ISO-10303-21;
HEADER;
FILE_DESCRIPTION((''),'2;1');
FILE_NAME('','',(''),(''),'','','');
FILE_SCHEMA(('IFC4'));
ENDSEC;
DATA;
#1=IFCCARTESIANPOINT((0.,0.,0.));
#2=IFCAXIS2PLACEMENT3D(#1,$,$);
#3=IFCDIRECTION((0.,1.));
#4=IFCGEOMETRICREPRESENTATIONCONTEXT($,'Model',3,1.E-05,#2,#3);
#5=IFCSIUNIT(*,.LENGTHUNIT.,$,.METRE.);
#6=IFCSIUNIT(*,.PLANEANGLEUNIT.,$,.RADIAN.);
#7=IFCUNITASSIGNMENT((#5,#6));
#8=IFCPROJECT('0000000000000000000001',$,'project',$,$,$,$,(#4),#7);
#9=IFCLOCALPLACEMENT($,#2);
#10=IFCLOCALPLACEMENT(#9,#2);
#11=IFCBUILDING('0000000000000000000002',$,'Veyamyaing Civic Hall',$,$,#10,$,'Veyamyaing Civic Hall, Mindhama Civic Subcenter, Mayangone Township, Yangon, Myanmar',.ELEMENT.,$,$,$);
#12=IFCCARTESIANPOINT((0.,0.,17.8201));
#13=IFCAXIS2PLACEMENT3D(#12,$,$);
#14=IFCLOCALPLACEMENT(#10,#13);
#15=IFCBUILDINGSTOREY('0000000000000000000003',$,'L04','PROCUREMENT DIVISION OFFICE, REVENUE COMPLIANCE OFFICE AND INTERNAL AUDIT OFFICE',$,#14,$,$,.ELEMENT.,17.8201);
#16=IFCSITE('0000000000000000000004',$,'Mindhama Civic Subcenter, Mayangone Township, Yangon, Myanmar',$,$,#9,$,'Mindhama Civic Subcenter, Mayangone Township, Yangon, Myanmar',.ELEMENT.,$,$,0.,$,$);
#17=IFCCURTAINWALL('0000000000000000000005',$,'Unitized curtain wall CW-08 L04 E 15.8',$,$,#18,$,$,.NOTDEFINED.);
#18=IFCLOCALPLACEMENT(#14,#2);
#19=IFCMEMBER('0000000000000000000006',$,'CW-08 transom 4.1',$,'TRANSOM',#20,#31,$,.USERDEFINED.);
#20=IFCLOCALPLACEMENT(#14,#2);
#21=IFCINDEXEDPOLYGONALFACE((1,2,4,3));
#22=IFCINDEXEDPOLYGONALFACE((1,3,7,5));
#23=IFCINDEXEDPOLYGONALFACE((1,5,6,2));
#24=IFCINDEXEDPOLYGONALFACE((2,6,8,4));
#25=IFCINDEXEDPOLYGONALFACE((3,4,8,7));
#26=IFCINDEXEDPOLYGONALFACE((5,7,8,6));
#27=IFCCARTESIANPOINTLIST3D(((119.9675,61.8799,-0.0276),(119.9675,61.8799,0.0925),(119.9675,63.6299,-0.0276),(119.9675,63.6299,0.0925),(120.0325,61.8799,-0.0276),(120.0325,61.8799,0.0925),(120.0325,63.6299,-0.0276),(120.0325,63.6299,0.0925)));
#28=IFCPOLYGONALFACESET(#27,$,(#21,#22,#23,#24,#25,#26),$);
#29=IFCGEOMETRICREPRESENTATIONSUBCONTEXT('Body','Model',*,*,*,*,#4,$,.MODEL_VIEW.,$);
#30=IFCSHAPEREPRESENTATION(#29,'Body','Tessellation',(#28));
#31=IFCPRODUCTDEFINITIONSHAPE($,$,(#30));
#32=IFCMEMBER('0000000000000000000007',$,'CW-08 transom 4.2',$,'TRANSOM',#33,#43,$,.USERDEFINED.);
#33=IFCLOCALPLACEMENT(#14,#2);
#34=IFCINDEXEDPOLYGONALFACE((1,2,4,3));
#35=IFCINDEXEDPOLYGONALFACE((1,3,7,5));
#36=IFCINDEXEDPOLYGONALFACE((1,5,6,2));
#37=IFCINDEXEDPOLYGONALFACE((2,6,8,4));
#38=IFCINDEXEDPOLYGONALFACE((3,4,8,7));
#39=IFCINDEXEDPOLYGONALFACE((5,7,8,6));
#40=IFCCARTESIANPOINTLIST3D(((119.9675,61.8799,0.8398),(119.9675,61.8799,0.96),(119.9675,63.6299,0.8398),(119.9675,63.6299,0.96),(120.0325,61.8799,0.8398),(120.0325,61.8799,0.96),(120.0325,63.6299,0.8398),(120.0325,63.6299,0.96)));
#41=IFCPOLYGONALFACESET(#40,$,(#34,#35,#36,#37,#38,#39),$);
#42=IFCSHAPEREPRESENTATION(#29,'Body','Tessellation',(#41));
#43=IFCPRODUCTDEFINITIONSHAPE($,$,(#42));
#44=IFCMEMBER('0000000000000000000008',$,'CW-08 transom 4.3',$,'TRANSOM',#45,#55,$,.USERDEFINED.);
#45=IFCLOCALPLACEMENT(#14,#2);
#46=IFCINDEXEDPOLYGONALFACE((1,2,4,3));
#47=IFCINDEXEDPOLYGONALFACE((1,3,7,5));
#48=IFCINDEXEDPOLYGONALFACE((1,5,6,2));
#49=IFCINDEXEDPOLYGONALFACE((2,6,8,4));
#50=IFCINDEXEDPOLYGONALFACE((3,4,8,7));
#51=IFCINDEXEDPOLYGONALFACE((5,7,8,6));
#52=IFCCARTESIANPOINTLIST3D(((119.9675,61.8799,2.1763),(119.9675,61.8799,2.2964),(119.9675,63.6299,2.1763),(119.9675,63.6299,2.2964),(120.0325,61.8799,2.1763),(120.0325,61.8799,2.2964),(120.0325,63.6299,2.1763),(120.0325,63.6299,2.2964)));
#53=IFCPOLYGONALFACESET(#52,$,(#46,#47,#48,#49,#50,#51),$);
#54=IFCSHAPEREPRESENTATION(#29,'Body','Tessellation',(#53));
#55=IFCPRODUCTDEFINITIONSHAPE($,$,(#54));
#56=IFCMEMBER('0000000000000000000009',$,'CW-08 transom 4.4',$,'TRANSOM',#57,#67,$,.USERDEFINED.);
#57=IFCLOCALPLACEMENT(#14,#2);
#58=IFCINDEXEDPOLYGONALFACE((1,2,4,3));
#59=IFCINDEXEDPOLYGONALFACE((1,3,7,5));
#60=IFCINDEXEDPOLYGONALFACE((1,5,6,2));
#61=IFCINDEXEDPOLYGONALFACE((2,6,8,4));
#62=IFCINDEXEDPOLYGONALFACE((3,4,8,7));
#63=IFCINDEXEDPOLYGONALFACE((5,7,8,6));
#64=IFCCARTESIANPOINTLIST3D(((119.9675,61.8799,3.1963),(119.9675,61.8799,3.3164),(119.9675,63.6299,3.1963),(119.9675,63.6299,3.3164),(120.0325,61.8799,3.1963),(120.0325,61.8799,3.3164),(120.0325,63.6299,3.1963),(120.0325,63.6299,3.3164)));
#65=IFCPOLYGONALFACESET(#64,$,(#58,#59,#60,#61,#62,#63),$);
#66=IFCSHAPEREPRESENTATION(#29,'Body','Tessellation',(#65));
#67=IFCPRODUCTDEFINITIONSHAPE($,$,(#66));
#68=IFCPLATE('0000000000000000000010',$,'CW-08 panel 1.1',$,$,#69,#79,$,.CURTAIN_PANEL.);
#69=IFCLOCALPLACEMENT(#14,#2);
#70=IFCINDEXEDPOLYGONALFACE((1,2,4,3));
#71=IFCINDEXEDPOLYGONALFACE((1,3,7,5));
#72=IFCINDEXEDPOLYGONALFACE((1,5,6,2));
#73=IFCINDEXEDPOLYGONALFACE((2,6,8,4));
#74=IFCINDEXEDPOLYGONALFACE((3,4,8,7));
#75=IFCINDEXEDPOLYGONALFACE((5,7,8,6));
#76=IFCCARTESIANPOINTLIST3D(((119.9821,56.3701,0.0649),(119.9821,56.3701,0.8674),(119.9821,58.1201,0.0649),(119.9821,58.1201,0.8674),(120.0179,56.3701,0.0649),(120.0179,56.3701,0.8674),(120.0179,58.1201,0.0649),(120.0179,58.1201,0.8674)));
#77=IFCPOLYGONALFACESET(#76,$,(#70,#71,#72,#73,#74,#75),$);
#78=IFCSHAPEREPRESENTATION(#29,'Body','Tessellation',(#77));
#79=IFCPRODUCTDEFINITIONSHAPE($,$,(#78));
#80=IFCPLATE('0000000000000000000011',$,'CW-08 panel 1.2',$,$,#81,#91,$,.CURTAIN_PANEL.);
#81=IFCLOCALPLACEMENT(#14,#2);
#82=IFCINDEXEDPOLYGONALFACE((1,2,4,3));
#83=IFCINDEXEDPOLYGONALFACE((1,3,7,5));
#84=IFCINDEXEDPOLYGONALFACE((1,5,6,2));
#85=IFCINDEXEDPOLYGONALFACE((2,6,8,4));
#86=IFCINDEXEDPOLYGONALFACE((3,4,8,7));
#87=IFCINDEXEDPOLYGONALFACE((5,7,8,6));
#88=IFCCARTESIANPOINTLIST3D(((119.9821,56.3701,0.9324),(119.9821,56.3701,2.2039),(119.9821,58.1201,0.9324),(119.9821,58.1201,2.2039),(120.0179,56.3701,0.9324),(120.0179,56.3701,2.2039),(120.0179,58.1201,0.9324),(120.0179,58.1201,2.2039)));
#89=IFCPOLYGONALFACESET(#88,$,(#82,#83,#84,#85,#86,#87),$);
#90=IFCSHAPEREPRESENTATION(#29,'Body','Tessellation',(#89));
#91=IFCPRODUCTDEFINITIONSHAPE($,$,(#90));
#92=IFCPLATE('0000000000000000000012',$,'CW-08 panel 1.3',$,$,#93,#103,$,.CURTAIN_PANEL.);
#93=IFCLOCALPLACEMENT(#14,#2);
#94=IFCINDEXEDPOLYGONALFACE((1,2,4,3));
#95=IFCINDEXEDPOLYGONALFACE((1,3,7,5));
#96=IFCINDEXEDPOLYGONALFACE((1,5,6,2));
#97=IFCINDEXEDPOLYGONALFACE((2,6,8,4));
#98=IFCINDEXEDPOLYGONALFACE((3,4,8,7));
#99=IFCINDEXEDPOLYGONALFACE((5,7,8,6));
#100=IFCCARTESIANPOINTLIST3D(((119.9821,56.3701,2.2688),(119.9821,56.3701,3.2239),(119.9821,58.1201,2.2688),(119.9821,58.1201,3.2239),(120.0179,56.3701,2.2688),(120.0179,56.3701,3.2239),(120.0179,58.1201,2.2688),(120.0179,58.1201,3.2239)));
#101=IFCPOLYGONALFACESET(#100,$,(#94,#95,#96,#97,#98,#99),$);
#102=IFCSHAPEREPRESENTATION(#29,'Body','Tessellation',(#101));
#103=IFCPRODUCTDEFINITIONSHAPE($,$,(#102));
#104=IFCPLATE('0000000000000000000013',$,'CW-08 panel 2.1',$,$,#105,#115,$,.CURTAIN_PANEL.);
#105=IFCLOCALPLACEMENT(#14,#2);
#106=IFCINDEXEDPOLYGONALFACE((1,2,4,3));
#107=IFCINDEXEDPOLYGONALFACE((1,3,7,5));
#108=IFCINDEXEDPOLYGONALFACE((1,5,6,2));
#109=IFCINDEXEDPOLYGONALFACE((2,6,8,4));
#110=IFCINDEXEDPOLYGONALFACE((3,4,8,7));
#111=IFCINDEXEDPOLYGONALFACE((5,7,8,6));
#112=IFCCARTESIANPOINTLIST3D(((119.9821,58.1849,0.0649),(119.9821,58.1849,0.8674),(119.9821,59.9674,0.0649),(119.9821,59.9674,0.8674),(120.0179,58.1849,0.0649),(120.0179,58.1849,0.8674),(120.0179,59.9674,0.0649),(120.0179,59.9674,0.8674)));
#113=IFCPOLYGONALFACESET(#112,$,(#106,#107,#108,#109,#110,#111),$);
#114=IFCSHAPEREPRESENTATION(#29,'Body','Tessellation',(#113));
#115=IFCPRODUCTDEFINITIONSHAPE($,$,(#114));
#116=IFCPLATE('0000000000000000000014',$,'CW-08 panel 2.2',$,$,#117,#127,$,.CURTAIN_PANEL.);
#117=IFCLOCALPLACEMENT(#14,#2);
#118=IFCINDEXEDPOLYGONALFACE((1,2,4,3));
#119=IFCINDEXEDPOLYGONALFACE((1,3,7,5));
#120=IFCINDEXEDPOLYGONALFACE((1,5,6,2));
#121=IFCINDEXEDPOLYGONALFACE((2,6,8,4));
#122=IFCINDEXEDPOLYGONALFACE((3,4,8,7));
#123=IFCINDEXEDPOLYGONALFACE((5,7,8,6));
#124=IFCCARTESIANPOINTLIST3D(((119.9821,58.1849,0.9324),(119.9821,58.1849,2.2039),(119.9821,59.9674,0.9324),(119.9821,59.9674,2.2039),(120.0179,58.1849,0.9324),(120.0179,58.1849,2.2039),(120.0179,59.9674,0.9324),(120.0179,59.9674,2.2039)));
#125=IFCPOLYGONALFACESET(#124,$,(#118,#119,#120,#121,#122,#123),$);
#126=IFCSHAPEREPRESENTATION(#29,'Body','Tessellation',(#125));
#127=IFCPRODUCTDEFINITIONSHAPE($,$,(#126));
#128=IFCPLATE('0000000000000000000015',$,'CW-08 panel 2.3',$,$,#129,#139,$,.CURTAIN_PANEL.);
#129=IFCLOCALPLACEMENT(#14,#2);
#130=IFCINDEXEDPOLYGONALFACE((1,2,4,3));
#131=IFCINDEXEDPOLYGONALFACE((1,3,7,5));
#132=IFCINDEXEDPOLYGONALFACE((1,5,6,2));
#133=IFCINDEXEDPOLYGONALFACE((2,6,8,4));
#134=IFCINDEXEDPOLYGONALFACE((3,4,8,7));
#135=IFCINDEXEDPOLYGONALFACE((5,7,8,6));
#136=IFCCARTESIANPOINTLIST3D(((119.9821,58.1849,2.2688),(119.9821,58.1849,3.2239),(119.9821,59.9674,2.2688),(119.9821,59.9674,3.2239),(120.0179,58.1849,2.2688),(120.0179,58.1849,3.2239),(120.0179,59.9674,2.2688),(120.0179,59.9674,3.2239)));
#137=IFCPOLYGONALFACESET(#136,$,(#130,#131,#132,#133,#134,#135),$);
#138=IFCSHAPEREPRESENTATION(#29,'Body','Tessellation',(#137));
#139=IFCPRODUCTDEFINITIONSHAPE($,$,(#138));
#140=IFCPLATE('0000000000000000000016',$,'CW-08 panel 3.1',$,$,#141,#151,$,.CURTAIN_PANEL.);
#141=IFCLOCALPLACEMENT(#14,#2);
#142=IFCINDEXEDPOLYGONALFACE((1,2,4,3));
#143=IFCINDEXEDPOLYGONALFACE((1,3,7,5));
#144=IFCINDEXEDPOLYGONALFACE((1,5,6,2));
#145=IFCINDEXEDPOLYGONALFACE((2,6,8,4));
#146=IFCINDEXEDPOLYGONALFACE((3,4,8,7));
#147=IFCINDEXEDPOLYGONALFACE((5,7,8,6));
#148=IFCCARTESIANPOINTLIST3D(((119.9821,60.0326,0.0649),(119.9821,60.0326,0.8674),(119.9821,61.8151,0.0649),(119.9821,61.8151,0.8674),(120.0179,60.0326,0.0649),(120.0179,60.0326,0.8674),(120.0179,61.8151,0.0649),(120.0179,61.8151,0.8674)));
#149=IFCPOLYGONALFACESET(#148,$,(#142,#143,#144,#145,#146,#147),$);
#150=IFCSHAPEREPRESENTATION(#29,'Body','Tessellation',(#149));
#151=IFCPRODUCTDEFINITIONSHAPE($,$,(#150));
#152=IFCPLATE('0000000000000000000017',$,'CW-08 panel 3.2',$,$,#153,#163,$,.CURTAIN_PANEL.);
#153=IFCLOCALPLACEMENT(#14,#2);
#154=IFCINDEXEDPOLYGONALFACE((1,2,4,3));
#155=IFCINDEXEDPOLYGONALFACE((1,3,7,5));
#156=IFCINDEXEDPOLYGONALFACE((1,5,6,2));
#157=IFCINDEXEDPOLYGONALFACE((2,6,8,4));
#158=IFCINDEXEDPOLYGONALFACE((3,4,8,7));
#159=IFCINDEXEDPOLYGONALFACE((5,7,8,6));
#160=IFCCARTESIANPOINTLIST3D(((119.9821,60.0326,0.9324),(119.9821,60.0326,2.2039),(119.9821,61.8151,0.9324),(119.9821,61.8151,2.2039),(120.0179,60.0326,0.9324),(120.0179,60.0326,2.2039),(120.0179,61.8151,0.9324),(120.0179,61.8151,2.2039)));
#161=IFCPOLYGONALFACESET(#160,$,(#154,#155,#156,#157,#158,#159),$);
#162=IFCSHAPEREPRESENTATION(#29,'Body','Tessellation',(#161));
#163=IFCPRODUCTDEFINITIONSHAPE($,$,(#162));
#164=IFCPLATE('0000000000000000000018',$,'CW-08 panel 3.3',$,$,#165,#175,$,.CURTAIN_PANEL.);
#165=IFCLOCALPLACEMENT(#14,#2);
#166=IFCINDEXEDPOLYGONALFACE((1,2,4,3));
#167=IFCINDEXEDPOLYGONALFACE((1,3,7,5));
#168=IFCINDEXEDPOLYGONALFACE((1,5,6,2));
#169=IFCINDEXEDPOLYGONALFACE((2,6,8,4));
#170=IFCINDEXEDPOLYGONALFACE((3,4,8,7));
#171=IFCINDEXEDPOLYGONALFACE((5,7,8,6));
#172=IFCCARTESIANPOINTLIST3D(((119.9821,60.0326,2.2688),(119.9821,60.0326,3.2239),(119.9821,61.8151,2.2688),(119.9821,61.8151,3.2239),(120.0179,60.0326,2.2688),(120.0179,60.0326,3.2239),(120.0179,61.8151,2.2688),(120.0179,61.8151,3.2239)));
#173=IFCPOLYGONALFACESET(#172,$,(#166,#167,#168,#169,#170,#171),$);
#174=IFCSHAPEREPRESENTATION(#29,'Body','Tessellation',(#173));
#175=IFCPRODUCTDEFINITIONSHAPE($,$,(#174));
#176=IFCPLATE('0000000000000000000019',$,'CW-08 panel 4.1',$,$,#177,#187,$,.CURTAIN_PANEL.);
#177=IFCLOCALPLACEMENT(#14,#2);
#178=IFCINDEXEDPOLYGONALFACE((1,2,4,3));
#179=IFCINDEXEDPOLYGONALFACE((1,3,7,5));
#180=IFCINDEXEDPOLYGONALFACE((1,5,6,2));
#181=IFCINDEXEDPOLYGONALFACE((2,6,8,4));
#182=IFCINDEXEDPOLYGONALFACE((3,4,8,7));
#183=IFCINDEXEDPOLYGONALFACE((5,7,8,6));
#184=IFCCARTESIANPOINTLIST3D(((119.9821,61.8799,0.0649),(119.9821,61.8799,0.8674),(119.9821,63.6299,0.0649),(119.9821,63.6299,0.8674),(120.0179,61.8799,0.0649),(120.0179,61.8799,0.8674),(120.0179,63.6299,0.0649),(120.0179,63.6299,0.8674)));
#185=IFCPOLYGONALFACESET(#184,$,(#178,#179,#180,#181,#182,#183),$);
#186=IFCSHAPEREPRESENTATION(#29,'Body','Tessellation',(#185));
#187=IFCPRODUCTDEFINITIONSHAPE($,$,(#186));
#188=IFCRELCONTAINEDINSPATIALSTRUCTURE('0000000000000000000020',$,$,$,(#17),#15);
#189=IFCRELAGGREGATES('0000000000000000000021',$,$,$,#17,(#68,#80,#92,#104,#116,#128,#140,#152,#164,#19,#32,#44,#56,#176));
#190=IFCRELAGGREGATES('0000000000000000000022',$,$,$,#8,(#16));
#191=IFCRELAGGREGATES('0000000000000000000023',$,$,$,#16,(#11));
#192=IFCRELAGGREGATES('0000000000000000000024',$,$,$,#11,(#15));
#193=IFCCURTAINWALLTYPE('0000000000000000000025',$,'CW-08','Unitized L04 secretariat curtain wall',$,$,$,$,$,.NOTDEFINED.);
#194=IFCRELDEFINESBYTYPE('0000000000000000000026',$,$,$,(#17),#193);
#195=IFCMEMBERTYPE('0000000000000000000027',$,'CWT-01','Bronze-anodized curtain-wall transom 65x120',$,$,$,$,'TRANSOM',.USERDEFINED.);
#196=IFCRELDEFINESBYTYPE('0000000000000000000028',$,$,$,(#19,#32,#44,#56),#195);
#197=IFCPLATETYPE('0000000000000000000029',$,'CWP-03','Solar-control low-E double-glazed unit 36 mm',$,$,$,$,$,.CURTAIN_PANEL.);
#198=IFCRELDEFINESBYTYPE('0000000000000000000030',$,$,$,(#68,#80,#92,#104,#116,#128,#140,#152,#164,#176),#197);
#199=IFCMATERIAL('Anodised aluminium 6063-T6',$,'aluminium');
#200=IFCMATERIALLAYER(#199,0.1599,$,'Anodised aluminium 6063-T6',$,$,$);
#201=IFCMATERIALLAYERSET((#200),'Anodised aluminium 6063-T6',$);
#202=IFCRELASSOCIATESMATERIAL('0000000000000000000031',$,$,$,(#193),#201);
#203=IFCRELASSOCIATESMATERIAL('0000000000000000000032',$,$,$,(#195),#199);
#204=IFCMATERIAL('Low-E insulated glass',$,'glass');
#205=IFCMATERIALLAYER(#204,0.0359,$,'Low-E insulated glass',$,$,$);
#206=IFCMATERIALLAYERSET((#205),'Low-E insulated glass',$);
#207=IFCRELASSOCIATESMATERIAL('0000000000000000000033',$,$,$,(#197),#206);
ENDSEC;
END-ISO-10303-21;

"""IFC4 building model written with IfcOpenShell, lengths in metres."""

from ifc_helpers import new_model, si_unit, direction, frame, origin, origin_2d, place, context, subcontext, project, spatial, rectangle, extrude, material, layer, layer_set, material_profile, profile_set, type_object, element, aggregate, save


model = new_model("IFC4")

# Units and contexts
model_context = context("Model", 3, precision=1e-05, world=origin(), true_north=direction((0.0, 1.0)))
body_context = subcontext(model_context, "Body", "Model", "MODEL_VIEW")
ifc_project = project(units=[si_unit("LENGTHUNIT", "METRE"), si_unit("PLANEANGLEUNIT", "RADIAN")], contexts=[model_context])

# Site, building, storey
site_placement = place(None, origin())
site = spatial("IfcSite", under=ifc_project, at=site_placement, Name="Mindhama Civic Subcenter, Mayangone Township, Yangon, Myanmar", LongName="Mindhama Civic Subcenter, Mayangone Township, Yangon, Myanmar", CompositionType="ELEMENT", RefElevation=0.0)
building_placement = place(site_placement, origin())
building = spatial("IfcBuilding", under=site, at=building_placement, Name="Veyamyaing Civic Hall", LongName="Veyamyaing Civic Hall, Mindhama Civic Subcenter, Mayangone Township, Yangon, Myanmar", CompositionType="ELEMENT")
storey_placement = place(building_placement, frame((0.0, 0.0, 17.8201)))
storey = spatial("IfcBuildingStorey", under=building, at=storey_placement, Name="L04", Description="PROCUREMENT DIVISION OFFICE, REVENUE COMPLIANCE OFFICE AND INTERNAL AUDIT OFFICE", CompositionType="ELEMENT", Elevation=17.8201)

# Curtain wall, members, plates
ifc_material_1 = material(Name="Anodised aluminium 6063-T6", Category="aluminium")
ifc_layer_1 = layer(ifc_material_1, 0.1599, Name="Anodised aluminium 6063-T6")
ifc_layer_set_1 = layer_set([ifc_layer_1], Name="Anodised aluminium 6063-T6")
curtain_wall_type = type_object("IfcCurtainWallType", Name="CW-08", Description="Unitized L04 secretariat curtain wall", PredefinedType="NOTDEFINED", material=ifc_layer_set_1)
curtain_wall_placement = place(storey_placement, origin())
curtain_wall = element("IfcCurtainWall", 1, at=curtain_wall_placement, inside=storey, type_object=curtain_wall_type, Name="Unitized curtain wall CW-08 L04 E 15.8", PredefinedType="NOTDEFINED")
ifc_material_profile_1 = material_profile(ifc_material_1, rectangle(XDim=0.0649, YDim=0.1201, at=origin_2d()), Name="ALU-TRN-65X120")
ifc_profile_set_1 = profile_set([ifc_material_profile_1], Name="Anodised aluminium 6063-T6")
member_type_1 = type_object("IfcMemberType", Name="CWT-01", Description="Bronze-anodized curtain-wall transom 65x120", ElementType="TRANSOM", PredefinedType="USERDEFINED", material=ifc_profile_set_1)
member_1_placement = place(storey_placement, frame((120.0, 61.8799, 0.0325), z_axis=(0.0, 1.0, 0.0), x_axis=(-1.0, 0.0, 0.0)))
member_1 = element("IfcMember", 2, at=member_1_placement, type_object=member_type_1, Name="CW-08 transom 4.1", ObjectType="TRANSOM", PredefinedType="USERDEFINED", context=body_context, shape_type="SweptSolid", body=[
    extrude(rectangle(XDim=0.0649, YDim=0.1201, at=origin_2d()), origin(), (0.0, 0.0, 1.0), 1.75),
])
member_2_placement = place(storey_placement, frame((120.0, 61.8799, 0.8999), z_axis=(0.0, 1.0, 0.0), x_axis=(-1.0, 0.0, 0.0)))
member_2 = element("IfcMember", 3, at=member_2_placement, type_object=member_type_1, Name="CW-08 transom 4.2", ObjectType="TRANSOM", PredefinedType="USERDEFINED", context=body_context, shape_type="SweptSolid", body=[
    extrude(rectangle(XDim=0.0649, YDim=0.1201, at=origin_2d()), origin(), (0.0, 0.0, 1.0), 1.75),
])
member_3_placement = place(storey_placement, frame((120.0, 61.8799, 2.2363), z_axis=(0.0, 1.0, 0.0), x_axis=(-1.0, 0.0, 0.0)))
member_3 = element("IfcMember", 4, at=member_3_placement, type_object=member_type_1, Name="CW-08 transom 4.3", ObjectType="TRANSOM", PredefinedType="USERDEFINED", context=body_context, shape_type="SweptSolid", body=[
    extrude(rectangle(XDim=0.0649, YDim=0.1201, at=origin_2d()), origin(), (0.0, 0.0, 1.0), 1.75),
])
member_4_placement = place(storey_placement, frame((120.0, 61.8799, 3.2563), z_axis=(0.0, 1.0, 0.0), x_axis=(-1.0, 0.0, 0.0)))
member_4 = element("IfcMember", 5, at=member_4_placement, type_object=member_type_1, Name="CW-08 transom 4.4", ObjectType="TRANSOM", PredefinedType="USERDEFINED", context=body_context, shape_type="SweptSolid", body=[
    extrude(rectangle(XDim=0.0649, YDim=0.1201, at=origin_2d()), origin(), (0.0, 0.0, 1.0), 1.75),
])
ifc_material_2 = material(Name="Low-E insulated glass", Category="glass")
ifc_layer_2 = layer(ifc_material_2, 0.0359, Name="Low-E insulated glass")
ifc_layer_set_2 = layer_set([ifc_layer_2], Name="Low-E insulated glass")
plate_type = type_object("IfcPlateType", Name="CWP-03", Description="Solar-control low-E double-glazed unit 36 mm", PredefinedType="CURTAIN_PANEL", material=ifc_layer_set_2)
plate_1_placement = place(storey_placement, frame((120.0, 57.2451, 0.0649), z_axis=(0.0, 0.0, 1.0), x_axis=(0.0, 1.0, 0.0)))
plate_1 = element("IfcPlate", 6, at=plate_1_placement, type_object=plate_type, Name="CW-08 panel 1.1", PredefinedType="CURTAIN_PANEL", context=body_context, shape_type="SweptSolid", body=[
    extrude(rectangle(XDim=1.75, YDim=0.0359, at=origin_2d()), origin(), (0.0, 0.0, 1.0), 0.8025),
])
plate_2_placement = place(storey_placement, frame((120.0, 57.2451, 0.9324), z_axis=(0.0, 0.0, 1.0), x_axis=(0.0, 1.0, 0.0)))
plate_2 = element("IfcPlate", 7, at=plate_2_placement, type_object=plate_type, Name="CW-08 panel 1.2", PredefinedType="CURTAIN_PANEL", context=body_context, shape_type="SweptSolid", body=[
    extrude(rectangle(XDim=1.75, YDim=0.0359, at=origin_2d()), origin(), (0.0, 0.0, 1.0), 1.2715),
])
plate_3_placement = place(storey_placement, frame((120.0, 57.2451, 2.2688), z_axis=(0.0, 0.0, 1.0), x_axis=(0.0, 1.0, 0.0)))
plate_3 = element("IfcPlate", 8, at=plate_3_placement, type_object=plate_type, Name="CW-08 panel 1.3", PredefinedType="CURTAIN_PANEL", context=body_context, shape_type="SweptSolid", body=[
    extrude(rectangle(XDim=1.75, YDim=0.0359, at=origin_2d()), origin(), (0.0, 0.0, 1.0), 0.9551),
])
plate_4_placement = place(storey_placement, frame((120.0, 59.0762, 0.0649), z_axis=(0.0, 0.0, 1.0), x_axis=(0.0, 1.0, 0.0)))
plate_4 = element("IfcPlate", 9, at=plate_4_placement, type_object=plate_type, Name="CW-08 panel 2.1", PredefinedType="CURTAIN_PANEL", context=body_context, shape_type="SweptSolid", body=[
    extrude(rectangle(XDim=1.7825, YDim=0.0359, at=origin_2d()), origin(), (0.0, 0.0, 1.0), 0.8025),
])
plate_5_placement = place(storey_placement, frame((120.0, 59.0762, 0.9324), z_axis=(0.0, 0.0, 1.0), x_axis=(0.0, 1.0, 0.0)))
plate_5 = element("IfcPlate", 10, at=plate_5_placement, type_object=plate_type, Name="CW-08 panel 2.2", PredefinedType="CURTAIN_PANEL", context=body_context, shape_type="SweptSolid", body=[
    extrude(rectangle(XDim=1.7825, YDim=0.0359, at=origin_2d()), origin(), (0.0, 0.0, 1.0), 1.2715),
])
plate_6_placement = place(storey_placement, frame((120.0, 59.0762, 2.2688), z_axis=(0.0, 0.0, 1.0), x_axis=(0.0, 1.0, 0.0)))
plate_6 = element("IfcPlate", 11, at=plate_6_placement, type_object=plate_type, Name="CW-08 panel 2.3", PredefinedType="CURTAIN_PANEL", context=body_context, shape_type="SweptSolid", body=[
    extrude(rectangle(XDim=1.7825, YDim=0.0359, at=origin_2d()), origin(), (0.0, 0.0, 1.0), 0.9551),
])
plate_7_placement = place(storey_placement, frame((120.0, 60.9238, 0.0649), z_axis=(0.0, 0.0, 1.0), x_axis=(0.0, 1.0, 0.0)))
plate_7 = element("IfcPlate", 12, at=plate_7_placement, type_object=plate_type, Name="CW-08 panel 3.1", PredefinedType="CURTAIN_PANEL", context=body_context, shape_type="SweptSolid", body=[
    extrude(rectangle(XDim=1.7825, YDim=0.0359, at=origin_2d()), origin(), (0.0, 0.0, 1.0), 0.8025),
])
plate_8_placement = place(storey_placement, frame((120.0, 60.9238, 0.9324), z_axis=(0.0, 0.0, 1.0), x_axis=(0.0, 1.0, 0.0)))
plate_8 = element("IfcPlate", 13, at=plate_8_placement, type_object=plate_type, Name="CW-08 panel 3.2", PredefinedType="CURTAIN_PANEL", context=body_context, shape_type="SweptSolid", body=[
    extrude(rectangle(XDim=1.7825, YDim=0.0359, at=origin_2d()), origin(), (0.0, 0.0, 1.0), 1.2715),
])
plate_9_placement = place(storey_placement, frame((120.0, 60.9238, 2.2688), z_axis=(0.0, 0.0, 1.0), x_axis=(0.0, 1.0, 0.0)))
plate_9 = element("IfcPlate", 14, at=plate_9_placement, type_object=plate_type, Name="CW-08 panel 3.3", PredefinedType="CURTAIN_PANEL", context=body_context, shape_type="SweptSolid", body=[
    extrude(rectangle(XDim=1.7825, YDim=0.0359, at=origin_2d()), origin(), (0.0, 0.0, 1.0), 0.9551),
])
plate_10_placement = place(storey_placement, frame((120.0, 62.7549, 0.0649), z_axis=(0.0, 0.0, 1.0), x_axis=(0.0, 1.0, 0.0)))
plate_10 = element("IfcPlate", 15, at=plate_10_placement, type_object=plate_type, Name="CW-08 panel 4.1", PredefinedType="CURTAIN_PANEL", context=body_context, shape_type="SweptSolid", body=[
    extrude(rectangle(XDim=1.75, YDim=0.0359, at=origin_2d()), origin(), (0.0, 0.0, 1.0), 0.8025),
])
aggregate(curtain_wall, [plate_1, plate_2, plate_3, plate_4, plate_5, plate_6, plate_7, plate_8, plate_9, member_1, member_2, member_3, member_4, plate_10])

save(model, "model.ifc")
